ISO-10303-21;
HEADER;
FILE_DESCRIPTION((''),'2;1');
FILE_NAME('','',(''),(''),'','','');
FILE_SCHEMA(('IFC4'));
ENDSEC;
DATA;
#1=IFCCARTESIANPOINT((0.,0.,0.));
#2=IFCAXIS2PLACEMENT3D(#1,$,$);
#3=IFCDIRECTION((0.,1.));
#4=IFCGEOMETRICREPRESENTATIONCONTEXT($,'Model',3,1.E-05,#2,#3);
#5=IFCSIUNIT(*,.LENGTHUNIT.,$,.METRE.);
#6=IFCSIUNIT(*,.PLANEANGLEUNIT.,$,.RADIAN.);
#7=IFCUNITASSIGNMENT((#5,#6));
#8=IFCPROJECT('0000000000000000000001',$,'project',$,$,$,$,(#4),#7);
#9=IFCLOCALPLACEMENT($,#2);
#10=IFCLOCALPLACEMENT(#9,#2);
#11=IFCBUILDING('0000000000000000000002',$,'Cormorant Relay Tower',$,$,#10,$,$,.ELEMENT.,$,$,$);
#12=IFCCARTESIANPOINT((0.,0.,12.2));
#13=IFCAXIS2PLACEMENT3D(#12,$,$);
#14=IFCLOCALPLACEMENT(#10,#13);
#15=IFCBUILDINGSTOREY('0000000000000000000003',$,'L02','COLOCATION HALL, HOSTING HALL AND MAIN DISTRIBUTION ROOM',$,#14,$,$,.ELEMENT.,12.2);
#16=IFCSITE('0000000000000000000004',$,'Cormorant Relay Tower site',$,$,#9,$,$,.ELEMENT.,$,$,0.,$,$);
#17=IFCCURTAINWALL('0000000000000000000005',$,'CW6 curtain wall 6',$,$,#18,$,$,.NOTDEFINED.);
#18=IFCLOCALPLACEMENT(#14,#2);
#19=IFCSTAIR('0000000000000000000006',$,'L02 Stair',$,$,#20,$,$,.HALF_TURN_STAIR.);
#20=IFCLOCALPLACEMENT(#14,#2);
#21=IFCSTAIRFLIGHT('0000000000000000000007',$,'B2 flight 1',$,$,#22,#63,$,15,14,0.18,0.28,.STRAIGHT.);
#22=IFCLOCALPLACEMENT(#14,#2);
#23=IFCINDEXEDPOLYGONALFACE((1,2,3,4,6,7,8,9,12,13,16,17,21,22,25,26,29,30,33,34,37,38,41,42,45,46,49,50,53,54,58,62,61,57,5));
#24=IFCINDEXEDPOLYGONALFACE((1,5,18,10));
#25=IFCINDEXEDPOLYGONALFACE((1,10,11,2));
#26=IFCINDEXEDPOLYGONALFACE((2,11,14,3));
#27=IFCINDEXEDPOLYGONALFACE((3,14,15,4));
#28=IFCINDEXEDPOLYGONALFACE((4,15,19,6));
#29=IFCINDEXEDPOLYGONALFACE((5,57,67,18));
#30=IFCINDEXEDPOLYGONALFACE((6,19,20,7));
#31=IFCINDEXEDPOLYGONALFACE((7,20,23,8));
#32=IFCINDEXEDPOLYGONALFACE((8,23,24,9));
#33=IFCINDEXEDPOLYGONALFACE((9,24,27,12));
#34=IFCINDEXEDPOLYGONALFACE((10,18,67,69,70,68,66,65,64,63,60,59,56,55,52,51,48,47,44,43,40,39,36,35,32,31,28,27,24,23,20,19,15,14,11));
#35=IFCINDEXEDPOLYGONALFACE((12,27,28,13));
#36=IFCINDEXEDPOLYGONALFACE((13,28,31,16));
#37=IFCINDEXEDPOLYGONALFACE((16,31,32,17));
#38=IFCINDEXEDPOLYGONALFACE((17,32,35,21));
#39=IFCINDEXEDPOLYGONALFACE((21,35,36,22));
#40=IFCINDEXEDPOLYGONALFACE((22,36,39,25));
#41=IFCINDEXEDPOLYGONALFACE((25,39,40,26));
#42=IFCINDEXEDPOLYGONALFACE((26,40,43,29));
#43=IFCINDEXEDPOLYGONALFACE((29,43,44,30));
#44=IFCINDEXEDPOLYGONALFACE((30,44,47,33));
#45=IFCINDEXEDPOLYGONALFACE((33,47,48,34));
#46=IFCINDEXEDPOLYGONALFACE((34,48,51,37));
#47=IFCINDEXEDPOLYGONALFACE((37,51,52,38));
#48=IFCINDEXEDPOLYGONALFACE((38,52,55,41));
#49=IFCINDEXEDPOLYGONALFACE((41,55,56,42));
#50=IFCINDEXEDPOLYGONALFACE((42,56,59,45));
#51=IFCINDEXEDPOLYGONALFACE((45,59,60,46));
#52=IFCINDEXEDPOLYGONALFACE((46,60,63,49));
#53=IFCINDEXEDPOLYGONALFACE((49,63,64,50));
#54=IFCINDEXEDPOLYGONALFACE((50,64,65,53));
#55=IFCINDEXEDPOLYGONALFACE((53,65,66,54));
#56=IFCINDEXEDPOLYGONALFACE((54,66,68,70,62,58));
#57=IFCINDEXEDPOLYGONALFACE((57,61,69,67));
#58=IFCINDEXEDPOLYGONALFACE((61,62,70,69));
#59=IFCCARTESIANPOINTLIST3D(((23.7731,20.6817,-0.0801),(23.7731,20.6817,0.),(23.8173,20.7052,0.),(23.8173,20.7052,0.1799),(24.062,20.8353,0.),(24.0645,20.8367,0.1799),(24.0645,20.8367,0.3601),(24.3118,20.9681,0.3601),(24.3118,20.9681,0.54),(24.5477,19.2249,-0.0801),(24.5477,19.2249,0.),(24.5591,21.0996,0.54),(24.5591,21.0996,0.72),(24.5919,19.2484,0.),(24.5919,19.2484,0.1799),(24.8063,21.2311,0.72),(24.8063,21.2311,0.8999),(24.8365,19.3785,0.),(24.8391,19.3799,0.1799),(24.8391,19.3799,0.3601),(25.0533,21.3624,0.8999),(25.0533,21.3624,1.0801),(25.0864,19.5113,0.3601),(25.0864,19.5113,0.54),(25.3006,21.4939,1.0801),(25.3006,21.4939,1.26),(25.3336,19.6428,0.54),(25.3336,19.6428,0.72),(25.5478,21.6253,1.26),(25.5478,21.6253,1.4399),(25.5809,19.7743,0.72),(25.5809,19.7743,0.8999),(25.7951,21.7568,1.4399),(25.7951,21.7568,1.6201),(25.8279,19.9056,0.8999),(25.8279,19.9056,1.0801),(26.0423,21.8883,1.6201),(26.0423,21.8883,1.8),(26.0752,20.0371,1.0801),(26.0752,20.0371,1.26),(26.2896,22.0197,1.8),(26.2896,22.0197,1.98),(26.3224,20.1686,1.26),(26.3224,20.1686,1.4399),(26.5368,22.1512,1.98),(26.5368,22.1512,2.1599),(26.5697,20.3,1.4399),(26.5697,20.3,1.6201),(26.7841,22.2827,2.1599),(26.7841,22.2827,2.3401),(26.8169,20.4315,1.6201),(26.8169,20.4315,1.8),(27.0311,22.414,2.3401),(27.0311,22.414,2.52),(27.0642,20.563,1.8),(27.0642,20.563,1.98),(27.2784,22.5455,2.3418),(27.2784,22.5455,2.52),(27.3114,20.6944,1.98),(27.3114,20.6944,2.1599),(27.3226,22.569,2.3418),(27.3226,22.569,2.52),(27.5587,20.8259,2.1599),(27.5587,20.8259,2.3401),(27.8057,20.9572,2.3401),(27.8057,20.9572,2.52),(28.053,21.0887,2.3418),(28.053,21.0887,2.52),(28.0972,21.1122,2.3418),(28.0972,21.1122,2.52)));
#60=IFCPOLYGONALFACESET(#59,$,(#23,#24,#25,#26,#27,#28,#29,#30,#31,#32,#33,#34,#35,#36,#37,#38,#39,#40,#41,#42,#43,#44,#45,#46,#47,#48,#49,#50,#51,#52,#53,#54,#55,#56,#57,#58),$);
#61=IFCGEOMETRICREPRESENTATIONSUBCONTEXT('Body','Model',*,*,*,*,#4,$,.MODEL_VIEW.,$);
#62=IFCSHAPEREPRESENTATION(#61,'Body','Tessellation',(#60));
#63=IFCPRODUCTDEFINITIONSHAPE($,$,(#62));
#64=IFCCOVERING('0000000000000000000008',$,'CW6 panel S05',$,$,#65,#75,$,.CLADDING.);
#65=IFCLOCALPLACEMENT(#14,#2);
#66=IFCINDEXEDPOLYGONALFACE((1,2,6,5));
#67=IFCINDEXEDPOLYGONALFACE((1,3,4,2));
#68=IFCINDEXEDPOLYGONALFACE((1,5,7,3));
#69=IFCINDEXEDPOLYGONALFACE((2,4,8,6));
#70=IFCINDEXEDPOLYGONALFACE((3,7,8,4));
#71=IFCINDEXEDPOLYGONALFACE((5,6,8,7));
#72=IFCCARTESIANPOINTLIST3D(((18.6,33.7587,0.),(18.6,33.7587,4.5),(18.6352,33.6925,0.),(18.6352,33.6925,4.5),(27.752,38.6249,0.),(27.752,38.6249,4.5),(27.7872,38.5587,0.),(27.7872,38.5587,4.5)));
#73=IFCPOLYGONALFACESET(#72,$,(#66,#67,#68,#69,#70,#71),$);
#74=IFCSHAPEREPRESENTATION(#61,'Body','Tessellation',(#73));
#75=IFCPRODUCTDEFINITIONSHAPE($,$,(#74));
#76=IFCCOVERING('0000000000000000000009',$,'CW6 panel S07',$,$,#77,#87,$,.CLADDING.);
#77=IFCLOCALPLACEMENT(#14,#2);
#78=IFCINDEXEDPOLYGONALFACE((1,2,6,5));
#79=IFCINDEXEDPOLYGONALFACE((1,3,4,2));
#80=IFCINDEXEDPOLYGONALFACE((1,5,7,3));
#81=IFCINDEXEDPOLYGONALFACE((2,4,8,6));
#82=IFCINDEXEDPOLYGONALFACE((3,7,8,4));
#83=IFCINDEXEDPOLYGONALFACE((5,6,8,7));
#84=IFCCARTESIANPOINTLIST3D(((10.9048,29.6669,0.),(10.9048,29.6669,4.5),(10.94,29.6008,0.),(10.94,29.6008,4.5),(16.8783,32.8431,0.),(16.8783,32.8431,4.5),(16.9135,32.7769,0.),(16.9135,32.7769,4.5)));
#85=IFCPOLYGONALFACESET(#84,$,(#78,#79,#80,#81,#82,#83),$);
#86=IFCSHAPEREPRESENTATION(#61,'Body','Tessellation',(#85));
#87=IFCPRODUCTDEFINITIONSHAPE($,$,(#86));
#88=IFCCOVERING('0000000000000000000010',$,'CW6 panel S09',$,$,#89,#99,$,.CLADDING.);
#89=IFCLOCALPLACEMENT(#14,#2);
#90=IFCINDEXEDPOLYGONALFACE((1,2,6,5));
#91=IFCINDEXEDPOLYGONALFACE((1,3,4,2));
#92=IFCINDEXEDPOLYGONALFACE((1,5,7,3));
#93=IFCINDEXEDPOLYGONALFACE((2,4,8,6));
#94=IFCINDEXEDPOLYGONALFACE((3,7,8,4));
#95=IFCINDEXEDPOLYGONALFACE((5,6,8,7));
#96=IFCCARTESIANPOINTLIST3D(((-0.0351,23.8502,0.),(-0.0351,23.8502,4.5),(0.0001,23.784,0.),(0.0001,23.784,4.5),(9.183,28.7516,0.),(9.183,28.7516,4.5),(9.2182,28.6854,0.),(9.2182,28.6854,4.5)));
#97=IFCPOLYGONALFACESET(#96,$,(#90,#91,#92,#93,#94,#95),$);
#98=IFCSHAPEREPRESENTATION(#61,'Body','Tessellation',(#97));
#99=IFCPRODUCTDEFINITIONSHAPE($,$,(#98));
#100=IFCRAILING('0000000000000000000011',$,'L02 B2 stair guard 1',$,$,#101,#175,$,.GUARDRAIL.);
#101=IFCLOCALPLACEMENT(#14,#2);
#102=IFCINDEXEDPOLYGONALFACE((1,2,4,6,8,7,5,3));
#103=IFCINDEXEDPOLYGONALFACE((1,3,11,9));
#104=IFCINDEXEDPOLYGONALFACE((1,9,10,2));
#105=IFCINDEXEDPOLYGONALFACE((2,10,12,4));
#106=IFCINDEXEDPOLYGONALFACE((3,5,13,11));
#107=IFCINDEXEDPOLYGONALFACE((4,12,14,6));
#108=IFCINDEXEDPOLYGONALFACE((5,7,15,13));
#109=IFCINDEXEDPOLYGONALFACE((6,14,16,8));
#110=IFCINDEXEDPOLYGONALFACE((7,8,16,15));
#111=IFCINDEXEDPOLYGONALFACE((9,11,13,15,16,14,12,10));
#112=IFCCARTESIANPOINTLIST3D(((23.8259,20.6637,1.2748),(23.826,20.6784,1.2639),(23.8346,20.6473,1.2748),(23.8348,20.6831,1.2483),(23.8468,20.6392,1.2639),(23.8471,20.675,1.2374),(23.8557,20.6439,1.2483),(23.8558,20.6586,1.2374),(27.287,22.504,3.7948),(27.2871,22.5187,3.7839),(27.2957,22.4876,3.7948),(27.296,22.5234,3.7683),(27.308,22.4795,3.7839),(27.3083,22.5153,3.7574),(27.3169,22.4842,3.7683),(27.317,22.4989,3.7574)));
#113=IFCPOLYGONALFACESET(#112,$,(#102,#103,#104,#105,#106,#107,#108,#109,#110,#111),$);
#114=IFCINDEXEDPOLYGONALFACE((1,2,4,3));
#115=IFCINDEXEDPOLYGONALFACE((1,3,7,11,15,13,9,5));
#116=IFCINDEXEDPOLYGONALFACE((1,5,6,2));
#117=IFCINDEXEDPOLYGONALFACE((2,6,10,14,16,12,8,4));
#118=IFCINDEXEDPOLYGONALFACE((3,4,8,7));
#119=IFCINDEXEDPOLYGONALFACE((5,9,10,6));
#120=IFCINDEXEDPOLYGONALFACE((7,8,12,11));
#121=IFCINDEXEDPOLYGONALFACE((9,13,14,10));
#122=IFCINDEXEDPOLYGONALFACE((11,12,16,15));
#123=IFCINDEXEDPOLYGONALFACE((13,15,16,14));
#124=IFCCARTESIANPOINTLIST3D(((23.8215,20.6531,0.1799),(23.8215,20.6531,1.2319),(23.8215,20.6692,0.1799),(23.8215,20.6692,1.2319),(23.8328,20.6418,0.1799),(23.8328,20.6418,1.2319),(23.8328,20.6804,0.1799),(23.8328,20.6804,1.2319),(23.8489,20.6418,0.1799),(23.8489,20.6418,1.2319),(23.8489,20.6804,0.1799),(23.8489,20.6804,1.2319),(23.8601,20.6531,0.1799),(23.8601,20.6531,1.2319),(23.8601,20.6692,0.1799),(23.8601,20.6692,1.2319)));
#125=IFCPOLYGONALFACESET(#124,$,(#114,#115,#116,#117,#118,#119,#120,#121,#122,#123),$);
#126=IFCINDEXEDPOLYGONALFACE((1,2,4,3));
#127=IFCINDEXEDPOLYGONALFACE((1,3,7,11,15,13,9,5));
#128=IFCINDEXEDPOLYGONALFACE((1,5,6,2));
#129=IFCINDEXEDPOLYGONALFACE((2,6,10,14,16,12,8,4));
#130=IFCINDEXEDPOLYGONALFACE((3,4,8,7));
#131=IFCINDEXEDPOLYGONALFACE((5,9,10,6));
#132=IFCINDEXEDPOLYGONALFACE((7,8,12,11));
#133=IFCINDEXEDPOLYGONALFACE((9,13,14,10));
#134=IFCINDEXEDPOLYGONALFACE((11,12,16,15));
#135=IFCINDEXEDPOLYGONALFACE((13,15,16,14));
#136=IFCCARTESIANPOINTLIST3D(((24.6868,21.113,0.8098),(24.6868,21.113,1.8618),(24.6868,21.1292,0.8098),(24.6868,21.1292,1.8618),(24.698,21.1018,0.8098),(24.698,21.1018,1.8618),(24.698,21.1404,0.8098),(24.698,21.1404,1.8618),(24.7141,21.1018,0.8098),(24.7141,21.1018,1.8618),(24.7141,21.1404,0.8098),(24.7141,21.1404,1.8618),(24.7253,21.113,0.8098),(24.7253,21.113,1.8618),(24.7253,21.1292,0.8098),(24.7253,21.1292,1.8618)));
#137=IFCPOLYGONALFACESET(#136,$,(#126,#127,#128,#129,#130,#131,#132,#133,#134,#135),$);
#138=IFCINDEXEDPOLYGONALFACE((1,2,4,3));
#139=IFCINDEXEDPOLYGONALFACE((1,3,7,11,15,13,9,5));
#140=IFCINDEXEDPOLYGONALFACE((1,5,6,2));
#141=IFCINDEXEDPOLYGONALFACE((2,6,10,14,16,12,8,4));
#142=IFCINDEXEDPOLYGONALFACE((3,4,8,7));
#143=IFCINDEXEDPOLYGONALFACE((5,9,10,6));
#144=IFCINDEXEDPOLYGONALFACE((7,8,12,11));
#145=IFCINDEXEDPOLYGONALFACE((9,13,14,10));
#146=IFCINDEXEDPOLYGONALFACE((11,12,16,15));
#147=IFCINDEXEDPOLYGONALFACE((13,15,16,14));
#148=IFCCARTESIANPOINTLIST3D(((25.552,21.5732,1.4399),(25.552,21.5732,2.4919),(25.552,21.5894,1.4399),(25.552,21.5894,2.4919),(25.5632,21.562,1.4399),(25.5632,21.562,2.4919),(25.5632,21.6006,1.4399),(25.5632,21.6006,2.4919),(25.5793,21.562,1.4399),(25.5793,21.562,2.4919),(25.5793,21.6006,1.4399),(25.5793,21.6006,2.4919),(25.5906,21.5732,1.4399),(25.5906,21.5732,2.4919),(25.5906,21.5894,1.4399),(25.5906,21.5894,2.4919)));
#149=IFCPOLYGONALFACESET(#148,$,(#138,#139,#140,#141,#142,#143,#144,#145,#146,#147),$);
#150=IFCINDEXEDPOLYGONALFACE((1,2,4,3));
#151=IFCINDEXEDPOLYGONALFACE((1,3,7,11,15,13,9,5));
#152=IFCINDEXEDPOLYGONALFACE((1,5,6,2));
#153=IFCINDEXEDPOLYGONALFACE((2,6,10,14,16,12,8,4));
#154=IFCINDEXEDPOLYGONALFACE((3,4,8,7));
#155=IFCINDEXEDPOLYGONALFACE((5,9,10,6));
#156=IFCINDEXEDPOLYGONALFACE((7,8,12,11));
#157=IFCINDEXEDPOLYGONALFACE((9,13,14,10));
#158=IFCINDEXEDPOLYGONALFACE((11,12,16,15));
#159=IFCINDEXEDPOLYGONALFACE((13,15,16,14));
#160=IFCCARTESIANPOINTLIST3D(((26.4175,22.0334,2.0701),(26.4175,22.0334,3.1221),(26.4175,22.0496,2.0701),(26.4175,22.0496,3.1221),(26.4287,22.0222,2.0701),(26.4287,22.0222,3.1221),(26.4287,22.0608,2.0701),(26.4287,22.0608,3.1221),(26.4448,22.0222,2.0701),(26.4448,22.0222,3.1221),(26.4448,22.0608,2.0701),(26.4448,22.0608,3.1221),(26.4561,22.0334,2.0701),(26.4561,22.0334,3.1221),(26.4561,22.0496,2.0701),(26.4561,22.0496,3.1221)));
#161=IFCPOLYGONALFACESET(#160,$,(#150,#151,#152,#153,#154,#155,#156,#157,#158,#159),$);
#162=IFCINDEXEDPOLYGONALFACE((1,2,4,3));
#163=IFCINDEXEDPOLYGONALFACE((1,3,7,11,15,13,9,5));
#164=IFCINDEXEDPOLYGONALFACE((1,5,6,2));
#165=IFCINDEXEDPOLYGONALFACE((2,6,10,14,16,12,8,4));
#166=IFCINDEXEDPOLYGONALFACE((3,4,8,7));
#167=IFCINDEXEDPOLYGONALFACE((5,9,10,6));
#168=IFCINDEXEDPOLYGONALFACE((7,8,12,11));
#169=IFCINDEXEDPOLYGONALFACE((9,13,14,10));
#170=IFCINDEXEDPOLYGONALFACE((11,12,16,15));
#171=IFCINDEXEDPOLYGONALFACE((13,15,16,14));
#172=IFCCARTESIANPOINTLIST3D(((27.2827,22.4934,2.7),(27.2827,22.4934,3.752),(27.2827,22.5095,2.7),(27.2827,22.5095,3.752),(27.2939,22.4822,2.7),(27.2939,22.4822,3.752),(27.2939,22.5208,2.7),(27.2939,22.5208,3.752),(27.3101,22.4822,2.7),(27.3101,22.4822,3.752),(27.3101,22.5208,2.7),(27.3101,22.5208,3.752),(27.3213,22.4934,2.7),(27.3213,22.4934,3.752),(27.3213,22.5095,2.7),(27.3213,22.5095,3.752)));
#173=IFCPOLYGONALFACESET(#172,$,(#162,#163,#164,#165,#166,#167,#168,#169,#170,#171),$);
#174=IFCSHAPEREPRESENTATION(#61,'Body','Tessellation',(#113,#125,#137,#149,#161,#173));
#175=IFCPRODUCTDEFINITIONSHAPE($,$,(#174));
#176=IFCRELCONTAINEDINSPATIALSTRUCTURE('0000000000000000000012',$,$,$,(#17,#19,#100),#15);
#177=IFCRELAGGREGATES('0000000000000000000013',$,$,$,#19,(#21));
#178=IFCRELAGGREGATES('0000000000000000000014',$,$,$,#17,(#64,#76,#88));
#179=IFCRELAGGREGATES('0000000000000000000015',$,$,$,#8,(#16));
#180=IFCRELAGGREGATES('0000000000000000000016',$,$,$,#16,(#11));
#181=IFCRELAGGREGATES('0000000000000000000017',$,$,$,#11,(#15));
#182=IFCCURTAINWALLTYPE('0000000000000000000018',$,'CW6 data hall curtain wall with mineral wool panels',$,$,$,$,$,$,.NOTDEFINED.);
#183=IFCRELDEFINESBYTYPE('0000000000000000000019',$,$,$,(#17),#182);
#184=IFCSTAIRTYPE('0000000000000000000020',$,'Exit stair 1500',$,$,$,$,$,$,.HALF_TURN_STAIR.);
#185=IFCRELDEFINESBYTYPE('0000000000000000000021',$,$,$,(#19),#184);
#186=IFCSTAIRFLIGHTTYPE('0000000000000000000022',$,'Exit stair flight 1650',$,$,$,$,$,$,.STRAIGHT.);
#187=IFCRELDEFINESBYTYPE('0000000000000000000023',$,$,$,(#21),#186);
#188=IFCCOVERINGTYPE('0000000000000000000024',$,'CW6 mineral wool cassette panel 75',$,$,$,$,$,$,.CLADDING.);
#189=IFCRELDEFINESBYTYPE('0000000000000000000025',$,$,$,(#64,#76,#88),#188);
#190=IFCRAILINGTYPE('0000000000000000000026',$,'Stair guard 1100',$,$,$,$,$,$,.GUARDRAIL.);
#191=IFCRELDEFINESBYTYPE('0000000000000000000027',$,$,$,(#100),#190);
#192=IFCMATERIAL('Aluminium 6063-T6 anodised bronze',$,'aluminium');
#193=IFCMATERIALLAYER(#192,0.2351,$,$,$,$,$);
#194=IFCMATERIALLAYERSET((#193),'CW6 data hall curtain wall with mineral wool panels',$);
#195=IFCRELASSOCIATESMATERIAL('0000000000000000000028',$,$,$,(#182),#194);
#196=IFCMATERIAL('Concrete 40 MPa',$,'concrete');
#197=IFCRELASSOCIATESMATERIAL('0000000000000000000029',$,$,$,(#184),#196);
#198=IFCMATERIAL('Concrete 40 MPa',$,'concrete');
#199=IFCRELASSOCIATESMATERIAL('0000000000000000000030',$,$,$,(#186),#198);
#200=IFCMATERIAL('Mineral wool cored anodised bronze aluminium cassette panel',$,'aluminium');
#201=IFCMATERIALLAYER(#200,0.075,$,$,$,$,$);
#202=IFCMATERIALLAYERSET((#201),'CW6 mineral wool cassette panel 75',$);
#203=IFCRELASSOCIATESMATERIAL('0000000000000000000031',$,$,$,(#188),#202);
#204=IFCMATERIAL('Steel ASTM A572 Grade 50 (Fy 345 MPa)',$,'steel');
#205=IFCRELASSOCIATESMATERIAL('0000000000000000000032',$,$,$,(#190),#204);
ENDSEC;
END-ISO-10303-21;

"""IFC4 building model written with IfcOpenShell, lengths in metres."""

from ifc_helpers import new_model, si_unit, direction, frame, origin, origin_2d, place, context, subcontext, project, spatial, polyline, rectangle, outline, extrude, material, layer, layer_set, type_object, element, aggregate, save


model = new_model("IFC4")

# Units and contexts
model_context = context("Model", 3, precision=1e-05, world=origin(), true_north=direction((0.0, 1.0)))
body_context = subcontext(model_context, "Body", "Model", "MODEL_VIEW")
ifc_project = project(units=[si_unit("LENGTHUNIT", "METRE"), si_unit("PLANEANGLEUNIT", "RADIAN")], contexts=[model_context])

# Site, building, storey
site_placement = place(None, origin())
site = spatial("IfcSite", under=ifc_project, at=site_placement, Name="Cormorant Relay Tower site", CompositionType="ELEMENT", RefElevation=0.0)
building_placement = place(site_placement, origin())
building = spatial("IfcBuilding", under=site, at=building_placement, Name="Cormorant Relay Tower", CompositionType="ELEMENT")
storey_placement = place(building_placement, frame((0.0, 0.0, 12.2)))
storey = spatial("IfcBuildingStorey", under=building, at=storey_placement, Name="L02", Description="COLOCATION HALL, HOSTING HALL AND MAIN DISTRIBUTION ROOM", CompositionType="ELEMENT", Elevation=12.2)

# Curtain wall
ifc_material_1 = material(Name="Aluminium 6063-T6 anodised bronze", Category="aluminium")
ifc_layer_1 = layer(ifc_material_1, 0.2351)
ifc_layer_set_1 = layer_set([ifc_layer_1], Name="CW6 data hall curtain wall with mineral wool panels")
curtain_wall_type = type_object("IfcCurtainWallType", Name="CW6 data hall curtain wall with mineral wool panels", PredefinedType="NOTDEFINED", material=ifc_layer_set_1)
curtain_wall_1_placement = place(storey_placement, origin())
curtain_wall_1 = element("IfcCurtainWall", 1, at=curtain_wall_1_placement, inside=storey, type_object=curtain_wall_type, Name="CW6 curtain wall 6", PredefinedType="NOTDEFINED")

# Stair, stair flight
ifc_material_2 = material(Name="Concrete 40 MPa", Category="concrete")
stair_type = type_object("IfcStairType", Name="Exit stair 1500", PredefinedType="HALF_TURN_STAIR", material=ifc_material_2)
stair_placement = place(storey_placement, origin())
stair = element("IfcStair", 2, at=stair_placement, inside=storey, type_object=stair_type, Name="L02 Stair", PredefinedType="HALF_TURN_STAIR")
ifc_material_3 = material(Name="Concrete 40 MPa", Category="concrete")
stair_flight_type = type_object("IfcStairFlightType", Name="Exit stair flight 1650", PredefinedType="STRAIGHT", material=ifc_material_3)
stair_flight_placement = place(storey_placement, frame((24.2046, 19.9768, 0.0), z_axis=(0.0, 0.0, 1.0), x_axis=(0.882948, 0.469472, 0.0)))
stair_flight = element("IfcStairFlight", 3, at=stair_flight_placement, type_object=stair_flight_type, Name="B2 flight 1", NumberOfRisers=15, NumberOfTreads=14, PredefinedType="STRAIGHT", RiserHeight=0.18, TreadLength=0.28, context=body_context, shape_type="SweptSolid", body=[
    extrude(outline(polyline([(-0.05, -0.0801), (-0.05, 0.0), (0.0, 0.0), (0.0, 0.1799), (0.28, 0.1799), (0.28, 0.3601), (0.5601, 0.3601), (0.5601, 0.54), (0.8401, 0.54), (0.8401, 0.72), (1.1201, 0.72), (1.1201, 0.8999), (1.3999, 0.8999), (1.3999, 1.0801), (1.6799, 1.0801), (1.6799, 1.26), (1.96, 1.26), (1.96, 1.4399), (2.24, 1.4399), (2.24, 1.6201), (2.52, 1.6201), (2.52, 1.8), (2.8, 1.8), (2.8, 1.98), (3.0801, 1.98), (3.0801, 2.1599), (3.3601, 2.1599), (3.3601, 2.3401), (3.6399, 2.3401), (3.6399, 2.52), (3.9199, 2.52), (3.97, 2.52), (3.97, 2.3418), (3.9199, 2.3418), (0.2771, 0.0), (-0.05, -0.0801)])), frame((0.0, 0.825, 0.0), z_axis=(0.0, -1.0, 0.0), x_axis=(1.0, 0.0, 0.0)), (0.0, 0.0, 1.0), 1.6499),
])
aggregate(stair, [stair_flight])

# Coverings
ifc_material_4 = material(Name="Mineral wool cored anodised bronze aluminium cassette panel", Category="aluminium")
ifc_layer_2 = layer(ifc_material_4, 0.075)
ifc_layer_set_2 = layer_set([ifc_layer_2], Name="CW6 mineral wool cassette panel 75")
covering_type = type_object("IfcCoveringType", Name="CW6 mineral wool cassette panel 75", PredefinedType="CLADDING", material=ifc_layer_set_2)
covering_1_placement = place(storey_placement, frame((23.1936, 36.1587, 0.0), z_axis=(0.0, 0.0, 1.0), x_axis=(-0.882948, -0.469472, 0.0)))
covering_1 = element("IfcCovering", 4, at=covering_1_placement, type_object=covering_type, Name="CW6 panel S05", PredefinedType="CLADDING", context=body_context, shape_type="SweptSolid", body=[
    extrude(rectangle(XDim=10.3652, YDim=0.075, at=origin_2d()), origin(), (0.0, 0.0, 1.0), 4.5),
])
covering_2_placement = place(storey_placement, frame((13.9092, 31.2219, 0.0), z_axis=(0.0, 0.0, 1.0), x_axis=(-0.882948, -0.469472, 0.0)))
covering_2 = element("IfcCovering", 5, at=covering_2_placement, type_object=covering_type, Name="CW6 panel S07", PredefinedType="CLADDING", context=body_context, shape_type="SweptSolid", body=[
    extrude(rectangle(XDim=6.7654, YDim=0.075, at=origin_2d()), origin(), (0.0, 0.0, 1.0), 4.5),
])
covering_3_placement = place(storey_placement, frame((4.5916, 26.2678, 0.0), z_axis=(0.0, 0.0, 1.0), x_axis=(-0.882948, -0.469472, 0.0)))
covering_3 = element("IfcCovering", 6, at=covering_3_placement, type_object=covering_type, Name="CW6 panel S09", PredefinedType="CLADDING", context=body_context, shape_type="SweptSolid", body=[
    extrude(rectangle(XDim=10.4402, YDim=0.075, at=origin_2d()), origin(), (0.0, 0.0, 1.0), 4.5),
])
aggregate(curtain_wall_1, [covering_1, covering_2, covering_3])

# Railing
ifc_material_5 = material(Name="Steel ASTM A572 Grade 50 (Fy 345 MPa)", Category="steel")
railing_type_1 = type_object("IfcRailingType", Name="Stair guard 1100", PredefinedType="GUARDRAIL", material=ifc_material_5)
railing_1_placement = place(storey_placement, frame((23.8408, 20.6611, 0.1799)))
element("IfcRailing", 7, at=railing_1_placement, inside=storey, type_object=railing_type_1, Name="L02 B2 stair guard 1", PredefinedType="GUARDRAIL", context=body_context, shape_type="SweptSolid", body=[
    extrude(outline(polyline([(0.0222, 0.0093), (0.0093, 0.0222), (-0.0093, 0.0222), (-0.0222, 0.0093), (-0.0222, -0.0093), (-0.0093, -0.0222), (0.0093, -0.0222), (0.0222, -0.0093), (0.0222, 0.0093)])), frame((0.0, 0.0, 1.0762), z_axis=(0.742717, 0.394907, 0.540758), x_axis=(-0.469469, 0.882949, 0.0)), (0.0, 0.0, 1.0), 4.6602),
    extrude(outline(polyline([(0.0193, 0.0081), (0.0081, 0.0193), (-0.0081, 0.0193), (-0.0193, 0.0081), (-0.0193, -0.0081), (-0.0081, -0.0193), (0.0081, -0.0193), (0.0193, -0.0081), (0.0193, 0.0081)])), origin(), (0.0, 0.0, 1.0), 1.052),
    extrude(outline(polyline([(0.0193, 0.0081), (0.0081, 0.0193), (-0.0081, 0.0193), (-0.0193, 0.0081), (-0.0193, -0.0081), (-0.0081, -0.0193), (0.0081, -0.0193), (0.0193, -0.0081), (0.0193, 0.0081)])), frame((0.8652, 0.46, 0.6299)), (0.0, 0.0, 1.0), 1.052),
    extrude(outline(polyline([(0.0193, 0.0081), (0.0081, 0.0193), (-0.0081, 0.0193), (-0.0193, 0.0081), (-0.0193, -0.0081), (-0.0081, -0.0193), (0.0081, -0.0193), (0.0193, -0.0081), (0.0193, 0.0081)])), frame((1.7305, 0.9202, 1.26)), (0.0, 0.0, 1.0), 1.052),
    extrude(outline(polyline([(0.0193, 0.0081), (0.0081, 0.0193), (-0.0081, 0.0193), (-0.0193, 0.0081), (-0.0193, -0.0081), (-0.0081, -0.0193), (0.0081, -0.0193), (0.0193, -0.0081), (0.0193, 0.0081)])), frame((2.5959, 1.3804, 1.8901)), (0.0, 0.0, 1.0), 1.052),
    extrude(outline(polyline([(0.0193, 0.0081), (0.0081, 0.0193), (-0.0081, 0.0193), (-0.0193, 0.0081), (-0.0193, -0.0081), (-0.0081, -0.0193), (0.0081, -0.0193), (0.0193, -0.0081), (0.0193, 0.0081)])), frame((3.4612, 1.8403, 2.52)), (0.0, 0.0, 1.0), 1.052),
])

save(model, "model.ifc")
